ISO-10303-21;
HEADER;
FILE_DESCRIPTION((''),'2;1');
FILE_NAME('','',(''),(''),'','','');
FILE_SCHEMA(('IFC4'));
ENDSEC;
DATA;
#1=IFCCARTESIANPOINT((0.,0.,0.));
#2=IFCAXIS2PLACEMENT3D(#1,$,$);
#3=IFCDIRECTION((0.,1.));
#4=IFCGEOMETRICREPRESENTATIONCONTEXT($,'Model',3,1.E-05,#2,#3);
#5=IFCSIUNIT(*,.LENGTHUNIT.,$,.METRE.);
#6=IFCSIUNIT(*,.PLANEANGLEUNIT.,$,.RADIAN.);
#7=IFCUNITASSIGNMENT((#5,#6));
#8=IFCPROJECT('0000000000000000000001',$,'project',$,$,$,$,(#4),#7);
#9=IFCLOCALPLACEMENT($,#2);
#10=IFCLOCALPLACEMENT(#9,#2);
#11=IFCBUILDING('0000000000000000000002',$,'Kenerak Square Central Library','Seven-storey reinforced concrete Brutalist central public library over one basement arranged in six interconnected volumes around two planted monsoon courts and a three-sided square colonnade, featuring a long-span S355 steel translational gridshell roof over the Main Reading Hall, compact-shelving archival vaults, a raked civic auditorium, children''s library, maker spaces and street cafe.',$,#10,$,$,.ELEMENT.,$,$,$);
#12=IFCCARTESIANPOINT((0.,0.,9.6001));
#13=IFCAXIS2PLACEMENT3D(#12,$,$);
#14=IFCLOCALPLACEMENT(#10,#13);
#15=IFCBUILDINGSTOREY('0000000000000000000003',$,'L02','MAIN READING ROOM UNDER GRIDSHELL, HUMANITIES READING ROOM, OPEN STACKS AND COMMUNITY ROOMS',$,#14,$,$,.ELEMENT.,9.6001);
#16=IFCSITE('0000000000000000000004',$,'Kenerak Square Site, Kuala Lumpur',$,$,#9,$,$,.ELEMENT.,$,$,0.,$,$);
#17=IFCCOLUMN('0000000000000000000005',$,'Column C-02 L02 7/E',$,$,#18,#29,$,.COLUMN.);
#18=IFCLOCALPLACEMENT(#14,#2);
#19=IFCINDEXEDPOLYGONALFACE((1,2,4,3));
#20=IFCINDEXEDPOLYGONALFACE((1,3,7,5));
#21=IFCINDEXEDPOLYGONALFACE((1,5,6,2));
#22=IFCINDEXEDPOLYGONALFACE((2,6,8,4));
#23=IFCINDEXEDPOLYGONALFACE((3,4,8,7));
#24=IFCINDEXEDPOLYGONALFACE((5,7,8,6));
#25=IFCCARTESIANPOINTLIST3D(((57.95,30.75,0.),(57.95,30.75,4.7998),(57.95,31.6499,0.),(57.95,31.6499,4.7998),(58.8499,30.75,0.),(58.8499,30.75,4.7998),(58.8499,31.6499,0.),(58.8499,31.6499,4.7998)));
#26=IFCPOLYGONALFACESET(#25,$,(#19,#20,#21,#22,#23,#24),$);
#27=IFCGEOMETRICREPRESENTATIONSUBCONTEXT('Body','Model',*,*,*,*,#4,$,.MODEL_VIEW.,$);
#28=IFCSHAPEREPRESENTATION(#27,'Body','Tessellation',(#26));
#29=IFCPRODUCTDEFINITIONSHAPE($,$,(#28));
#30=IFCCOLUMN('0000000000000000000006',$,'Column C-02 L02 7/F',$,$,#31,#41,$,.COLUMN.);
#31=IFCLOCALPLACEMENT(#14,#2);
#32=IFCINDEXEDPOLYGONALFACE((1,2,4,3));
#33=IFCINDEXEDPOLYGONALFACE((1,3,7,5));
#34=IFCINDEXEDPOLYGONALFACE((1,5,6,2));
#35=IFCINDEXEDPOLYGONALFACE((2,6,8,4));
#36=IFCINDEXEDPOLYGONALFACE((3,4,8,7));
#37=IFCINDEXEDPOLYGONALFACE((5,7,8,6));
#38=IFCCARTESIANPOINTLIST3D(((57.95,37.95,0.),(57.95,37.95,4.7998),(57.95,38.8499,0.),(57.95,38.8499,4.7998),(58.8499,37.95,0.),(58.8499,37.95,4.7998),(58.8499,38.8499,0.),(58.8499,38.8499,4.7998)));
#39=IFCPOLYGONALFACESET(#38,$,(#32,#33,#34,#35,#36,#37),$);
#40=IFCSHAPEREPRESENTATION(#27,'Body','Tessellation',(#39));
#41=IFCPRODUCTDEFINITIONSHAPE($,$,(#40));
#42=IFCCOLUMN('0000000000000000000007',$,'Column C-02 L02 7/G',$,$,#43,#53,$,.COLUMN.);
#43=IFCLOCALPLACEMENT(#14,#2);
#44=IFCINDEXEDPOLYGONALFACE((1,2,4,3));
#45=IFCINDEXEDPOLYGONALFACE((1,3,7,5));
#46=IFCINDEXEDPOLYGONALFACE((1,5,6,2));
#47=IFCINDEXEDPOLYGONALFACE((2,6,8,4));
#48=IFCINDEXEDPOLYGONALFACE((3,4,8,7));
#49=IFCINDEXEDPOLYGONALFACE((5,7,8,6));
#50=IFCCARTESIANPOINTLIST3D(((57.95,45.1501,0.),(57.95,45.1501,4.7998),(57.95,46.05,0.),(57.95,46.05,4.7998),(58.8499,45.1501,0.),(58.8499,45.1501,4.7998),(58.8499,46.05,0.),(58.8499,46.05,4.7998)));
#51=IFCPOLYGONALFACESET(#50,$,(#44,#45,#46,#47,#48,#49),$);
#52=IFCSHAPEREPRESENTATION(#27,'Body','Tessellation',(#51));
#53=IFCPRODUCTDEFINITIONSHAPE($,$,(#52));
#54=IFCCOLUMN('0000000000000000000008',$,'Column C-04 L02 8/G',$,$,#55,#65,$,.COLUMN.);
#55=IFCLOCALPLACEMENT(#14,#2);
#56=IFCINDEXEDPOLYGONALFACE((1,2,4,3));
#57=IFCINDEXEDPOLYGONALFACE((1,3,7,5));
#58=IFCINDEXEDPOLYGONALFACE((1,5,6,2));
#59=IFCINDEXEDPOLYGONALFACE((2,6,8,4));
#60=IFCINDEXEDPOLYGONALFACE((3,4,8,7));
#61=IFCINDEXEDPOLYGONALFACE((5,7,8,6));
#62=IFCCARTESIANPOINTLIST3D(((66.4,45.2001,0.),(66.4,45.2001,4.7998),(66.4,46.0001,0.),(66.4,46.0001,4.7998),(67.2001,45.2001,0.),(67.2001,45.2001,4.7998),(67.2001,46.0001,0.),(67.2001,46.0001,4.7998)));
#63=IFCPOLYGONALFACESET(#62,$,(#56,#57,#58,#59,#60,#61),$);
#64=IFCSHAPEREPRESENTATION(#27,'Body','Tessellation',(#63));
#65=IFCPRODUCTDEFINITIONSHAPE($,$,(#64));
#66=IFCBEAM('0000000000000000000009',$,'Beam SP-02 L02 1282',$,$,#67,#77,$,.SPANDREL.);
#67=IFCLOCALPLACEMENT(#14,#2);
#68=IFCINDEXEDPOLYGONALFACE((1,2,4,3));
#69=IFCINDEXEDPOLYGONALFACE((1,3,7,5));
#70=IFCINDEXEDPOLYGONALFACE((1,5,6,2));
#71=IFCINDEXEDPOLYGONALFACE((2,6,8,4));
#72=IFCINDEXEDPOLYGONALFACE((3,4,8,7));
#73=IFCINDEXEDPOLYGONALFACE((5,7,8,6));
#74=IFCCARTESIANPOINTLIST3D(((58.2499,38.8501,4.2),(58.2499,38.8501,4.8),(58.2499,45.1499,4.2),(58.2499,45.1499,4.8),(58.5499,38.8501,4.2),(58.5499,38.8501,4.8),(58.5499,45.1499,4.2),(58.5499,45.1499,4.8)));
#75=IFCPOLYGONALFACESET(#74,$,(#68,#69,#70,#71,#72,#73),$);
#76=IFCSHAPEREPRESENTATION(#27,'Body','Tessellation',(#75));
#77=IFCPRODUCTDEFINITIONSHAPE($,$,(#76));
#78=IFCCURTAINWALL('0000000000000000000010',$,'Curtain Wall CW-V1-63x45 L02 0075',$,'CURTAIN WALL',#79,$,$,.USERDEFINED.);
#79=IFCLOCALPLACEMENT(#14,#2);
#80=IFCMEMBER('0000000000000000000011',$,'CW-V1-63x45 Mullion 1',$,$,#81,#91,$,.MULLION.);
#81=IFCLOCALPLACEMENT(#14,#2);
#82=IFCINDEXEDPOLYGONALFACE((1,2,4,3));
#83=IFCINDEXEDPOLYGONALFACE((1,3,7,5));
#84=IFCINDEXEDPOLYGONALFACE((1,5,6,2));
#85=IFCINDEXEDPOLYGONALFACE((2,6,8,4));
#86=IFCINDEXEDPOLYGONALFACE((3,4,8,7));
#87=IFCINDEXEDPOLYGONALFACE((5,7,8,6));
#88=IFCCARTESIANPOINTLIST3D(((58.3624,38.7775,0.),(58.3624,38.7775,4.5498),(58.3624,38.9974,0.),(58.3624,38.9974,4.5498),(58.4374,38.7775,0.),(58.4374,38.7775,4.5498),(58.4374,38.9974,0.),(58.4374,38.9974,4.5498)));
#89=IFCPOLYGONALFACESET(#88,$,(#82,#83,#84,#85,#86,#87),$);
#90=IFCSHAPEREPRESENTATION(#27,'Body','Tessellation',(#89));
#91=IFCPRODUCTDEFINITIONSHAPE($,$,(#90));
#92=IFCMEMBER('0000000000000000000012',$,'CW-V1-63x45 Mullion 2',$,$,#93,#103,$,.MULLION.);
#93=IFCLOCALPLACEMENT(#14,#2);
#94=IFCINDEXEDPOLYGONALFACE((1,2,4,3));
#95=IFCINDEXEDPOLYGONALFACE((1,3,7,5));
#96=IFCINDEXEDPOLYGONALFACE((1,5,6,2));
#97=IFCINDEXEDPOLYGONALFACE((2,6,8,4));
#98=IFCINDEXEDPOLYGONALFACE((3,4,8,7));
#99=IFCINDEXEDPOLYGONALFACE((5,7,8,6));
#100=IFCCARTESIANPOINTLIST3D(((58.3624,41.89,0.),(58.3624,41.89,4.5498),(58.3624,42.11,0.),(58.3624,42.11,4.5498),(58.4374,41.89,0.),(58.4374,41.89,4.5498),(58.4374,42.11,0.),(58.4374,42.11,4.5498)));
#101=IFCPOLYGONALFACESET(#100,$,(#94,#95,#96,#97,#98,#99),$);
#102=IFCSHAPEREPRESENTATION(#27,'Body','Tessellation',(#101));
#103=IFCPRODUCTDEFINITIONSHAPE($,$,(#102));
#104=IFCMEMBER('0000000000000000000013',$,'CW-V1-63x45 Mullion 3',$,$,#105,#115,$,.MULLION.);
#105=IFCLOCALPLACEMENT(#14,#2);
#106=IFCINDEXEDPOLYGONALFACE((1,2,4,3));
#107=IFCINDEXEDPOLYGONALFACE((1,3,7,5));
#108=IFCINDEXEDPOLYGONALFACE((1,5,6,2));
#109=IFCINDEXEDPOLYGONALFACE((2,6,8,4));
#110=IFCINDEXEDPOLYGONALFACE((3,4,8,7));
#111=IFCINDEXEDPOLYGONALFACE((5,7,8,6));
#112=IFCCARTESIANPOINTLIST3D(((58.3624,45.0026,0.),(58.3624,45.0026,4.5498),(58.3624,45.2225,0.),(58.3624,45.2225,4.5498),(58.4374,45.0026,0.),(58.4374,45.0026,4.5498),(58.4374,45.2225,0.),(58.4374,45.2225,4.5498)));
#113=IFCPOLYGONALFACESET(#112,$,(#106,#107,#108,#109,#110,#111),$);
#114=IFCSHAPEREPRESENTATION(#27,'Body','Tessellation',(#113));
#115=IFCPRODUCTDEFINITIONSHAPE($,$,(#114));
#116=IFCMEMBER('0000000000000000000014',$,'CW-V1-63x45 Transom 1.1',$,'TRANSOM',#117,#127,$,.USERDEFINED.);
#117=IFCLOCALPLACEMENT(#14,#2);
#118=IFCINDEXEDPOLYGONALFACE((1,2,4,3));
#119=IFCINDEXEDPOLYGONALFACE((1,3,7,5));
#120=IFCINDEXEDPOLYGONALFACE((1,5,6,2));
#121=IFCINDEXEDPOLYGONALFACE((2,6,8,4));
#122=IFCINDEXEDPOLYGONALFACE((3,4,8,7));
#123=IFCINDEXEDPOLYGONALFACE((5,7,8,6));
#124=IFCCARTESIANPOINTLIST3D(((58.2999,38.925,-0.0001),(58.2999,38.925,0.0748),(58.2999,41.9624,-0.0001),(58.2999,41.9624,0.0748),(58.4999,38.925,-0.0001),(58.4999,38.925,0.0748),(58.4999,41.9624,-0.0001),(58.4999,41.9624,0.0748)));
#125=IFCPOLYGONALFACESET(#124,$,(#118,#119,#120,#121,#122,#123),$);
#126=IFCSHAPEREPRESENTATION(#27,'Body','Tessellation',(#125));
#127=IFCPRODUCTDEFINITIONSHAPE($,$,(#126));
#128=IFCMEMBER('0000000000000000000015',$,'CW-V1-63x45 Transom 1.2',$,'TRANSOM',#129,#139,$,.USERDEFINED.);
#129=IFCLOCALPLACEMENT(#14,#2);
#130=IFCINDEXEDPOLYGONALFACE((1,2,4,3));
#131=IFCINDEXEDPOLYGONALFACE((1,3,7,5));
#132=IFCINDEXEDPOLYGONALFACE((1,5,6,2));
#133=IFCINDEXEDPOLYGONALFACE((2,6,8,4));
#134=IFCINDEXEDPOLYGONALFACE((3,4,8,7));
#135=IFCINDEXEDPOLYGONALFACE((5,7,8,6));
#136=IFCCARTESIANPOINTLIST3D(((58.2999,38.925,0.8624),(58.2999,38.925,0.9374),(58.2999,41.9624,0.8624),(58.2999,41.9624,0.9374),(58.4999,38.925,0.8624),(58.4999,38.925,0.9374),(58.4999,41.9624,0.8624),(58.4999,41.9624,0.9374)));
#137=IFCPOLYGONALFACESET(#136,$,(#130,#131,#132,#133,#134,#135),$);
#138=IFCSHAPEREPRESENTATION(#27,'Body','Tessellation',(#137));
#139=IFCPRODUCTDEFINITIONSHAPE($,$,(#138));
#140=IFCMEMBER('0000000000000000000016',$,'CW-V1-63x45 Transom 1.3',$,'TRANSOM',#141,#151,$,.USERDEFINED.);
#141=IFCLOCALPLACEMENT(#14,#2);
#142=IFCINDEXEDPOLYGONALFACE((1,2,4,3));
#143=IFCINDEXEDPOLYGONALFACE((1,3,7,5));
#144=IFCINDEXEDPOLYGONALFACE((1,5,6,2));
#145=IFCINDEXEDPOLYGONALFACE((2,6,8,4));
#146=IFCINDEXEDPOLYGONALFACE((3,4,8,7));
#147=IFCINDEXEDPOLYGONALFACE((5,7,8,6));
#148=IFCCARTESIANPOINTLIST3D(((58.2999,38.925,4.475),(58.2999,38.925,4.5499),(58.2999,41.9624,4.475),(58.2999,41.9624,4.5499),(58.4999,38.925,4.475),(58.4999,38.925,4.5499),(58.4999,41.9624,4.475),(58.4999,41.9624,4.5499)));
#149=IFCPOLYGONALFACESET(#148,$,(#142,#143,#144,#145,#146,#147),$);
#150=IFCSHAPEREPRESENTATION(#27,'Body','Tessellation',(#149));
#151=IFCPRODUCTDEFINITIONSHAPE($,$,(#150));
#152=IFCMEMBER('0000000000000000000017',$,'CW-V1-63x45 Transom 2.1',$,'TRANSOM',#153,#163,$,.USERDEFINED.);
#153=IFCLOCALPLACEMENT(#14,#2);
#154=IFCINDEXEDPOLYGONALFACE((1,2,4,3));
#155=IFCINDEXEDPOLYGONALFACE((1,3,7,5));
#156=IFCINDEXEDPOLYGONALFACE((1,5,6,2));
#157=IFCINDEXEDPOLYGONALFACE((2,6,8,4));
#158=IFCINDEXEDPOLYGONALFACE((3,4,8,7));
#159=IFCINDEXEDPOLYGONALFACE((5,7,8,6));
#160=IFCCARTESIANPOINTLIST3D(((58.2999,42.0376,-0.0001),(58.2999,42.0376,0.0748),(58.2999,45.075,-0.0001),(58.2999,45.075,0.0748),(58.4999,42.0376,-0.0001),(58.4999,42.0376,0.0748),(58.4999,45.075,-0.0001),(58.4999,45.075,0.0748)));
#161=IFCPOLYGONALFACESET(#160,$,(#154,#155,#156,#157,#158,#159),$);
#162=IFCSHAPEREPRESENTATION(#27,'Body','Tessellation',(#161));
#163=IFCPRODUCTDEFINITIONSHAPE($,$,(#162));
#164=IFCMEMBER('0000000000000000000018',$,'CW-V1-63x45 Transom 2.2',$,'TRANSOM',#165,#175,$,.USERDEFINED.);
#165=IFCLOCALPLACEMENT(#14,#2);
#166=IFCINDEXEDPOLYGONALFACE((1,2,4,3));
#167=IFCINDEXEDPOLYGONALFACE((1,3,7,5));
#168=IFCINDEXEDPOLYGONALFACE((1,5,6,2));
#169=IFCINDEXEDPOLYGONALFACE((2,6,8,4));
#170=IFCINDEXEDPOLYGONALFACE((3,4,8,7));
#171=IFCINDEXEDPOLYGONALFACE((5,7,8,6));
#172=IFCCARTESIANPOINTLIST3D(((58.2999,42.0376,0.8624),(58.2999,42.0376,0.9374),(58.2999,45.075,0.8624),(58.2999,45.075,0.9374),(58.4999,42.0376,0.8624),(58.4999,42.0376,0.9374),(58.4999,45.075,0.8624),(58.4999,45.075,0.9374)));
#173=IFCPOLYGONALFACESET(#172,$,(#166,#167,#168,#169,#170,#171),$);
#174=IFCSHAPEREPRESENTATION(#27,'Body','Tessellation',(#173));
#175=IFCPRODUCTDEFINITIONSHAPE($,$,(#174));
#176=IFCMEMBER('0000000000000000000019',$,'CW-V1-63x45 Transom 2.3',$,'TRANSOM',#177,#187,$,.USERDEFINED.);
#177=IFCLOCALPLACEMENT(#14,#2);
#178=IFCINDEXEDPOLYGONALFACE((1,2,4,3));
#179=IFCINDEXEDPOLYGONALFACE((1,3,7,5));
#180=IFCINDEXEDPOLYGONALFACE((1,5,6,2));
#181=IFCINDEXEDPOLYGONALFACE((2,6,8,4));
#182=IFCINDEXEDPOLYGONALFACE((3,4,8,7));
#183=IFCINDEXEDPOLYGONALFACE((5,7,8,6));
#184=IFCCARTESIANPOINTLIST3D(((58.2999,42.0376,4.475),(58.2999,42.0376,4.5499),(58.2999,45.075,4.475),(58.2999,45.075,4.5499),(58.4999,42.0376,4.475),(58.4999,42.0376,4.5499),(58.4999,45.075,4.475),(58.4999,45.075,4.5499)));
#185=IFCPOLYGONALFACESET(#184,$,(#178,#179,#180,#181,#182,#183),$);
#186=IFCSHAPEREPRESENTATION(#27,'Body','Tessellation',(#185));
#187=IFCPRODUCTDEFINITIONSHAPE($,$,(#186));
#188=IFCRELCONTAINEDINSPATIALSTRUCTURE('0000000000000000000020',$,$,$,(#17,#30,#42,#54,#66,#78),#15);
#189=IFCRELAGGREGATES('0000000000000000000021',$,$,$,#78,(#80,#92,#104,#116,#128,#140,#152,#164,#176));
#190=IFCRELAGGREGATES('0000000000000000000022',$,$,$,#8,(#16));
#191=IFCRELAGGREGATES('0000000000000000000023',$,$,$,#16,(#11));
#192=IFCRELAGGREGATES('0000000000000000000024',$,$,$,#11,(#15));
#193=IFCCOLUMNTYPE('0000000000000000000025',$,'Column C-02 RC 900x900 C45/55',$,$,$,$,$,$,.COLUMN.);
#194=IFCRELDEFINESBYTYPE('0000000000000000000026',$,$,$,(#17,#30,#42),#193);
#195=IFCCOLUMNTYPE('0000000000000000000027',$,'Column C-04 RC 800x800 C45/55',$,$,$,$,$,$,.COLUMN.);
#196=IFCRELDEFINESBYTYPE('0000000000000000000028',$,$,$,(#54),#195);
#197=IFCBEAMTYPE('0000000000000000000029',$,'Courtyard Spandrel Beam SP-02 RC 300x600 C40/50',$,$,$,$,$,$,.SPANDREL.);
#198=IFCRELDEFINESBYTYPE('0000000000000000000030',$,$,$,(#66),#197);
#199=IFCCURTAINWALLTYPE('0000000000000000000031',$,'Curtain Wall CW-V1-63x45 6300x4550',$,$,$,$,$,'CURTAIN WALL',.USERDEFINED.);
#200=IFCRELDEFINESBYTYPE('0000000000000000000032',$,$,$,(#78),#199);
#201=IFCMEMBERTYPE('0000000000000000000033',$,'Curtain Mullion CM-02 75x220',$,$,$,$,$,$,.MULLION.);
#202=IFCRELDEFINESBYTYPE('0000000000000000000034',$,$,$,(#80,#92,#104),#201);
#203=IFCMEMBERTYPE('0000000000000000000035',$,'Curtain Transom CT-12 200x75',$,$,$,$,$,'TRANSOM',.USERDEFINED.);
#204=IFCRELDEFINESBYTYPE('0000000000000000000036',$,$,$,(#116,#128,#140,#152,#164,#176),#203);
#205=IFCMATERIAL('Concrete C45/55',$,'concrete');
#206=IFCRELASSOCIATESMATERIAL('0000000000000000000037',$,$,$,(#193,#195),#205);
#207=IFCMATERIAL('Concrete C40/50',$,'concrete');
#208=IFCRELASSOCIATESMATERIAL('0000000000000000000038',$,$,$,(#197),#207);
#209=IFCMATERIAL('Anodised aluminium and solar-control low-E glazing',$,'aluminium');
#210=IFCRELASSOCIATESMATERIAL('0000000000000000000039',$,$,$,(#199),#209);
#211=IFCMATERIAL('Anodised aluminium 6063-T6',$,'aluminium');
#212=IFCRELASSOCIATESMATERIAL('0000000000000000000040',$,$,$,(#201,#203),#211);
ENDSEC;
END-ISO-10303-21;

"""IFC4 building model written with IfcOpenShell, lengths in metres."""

from ifc_helpers import new_model, si_unit, direction, frame, origin, origin_2d, place, context, subcontext, project, spatial, rectangle, extrude, material, material_profile, profile_set, type_object, element, aggregate, save


model = new_model("IFC4")

# Units and contexts
model_context = context("Model", 3, precision=1e-05, world=origin(), true_north=direction((0.0, 1.0)))
body_context = subcontext(model_context, "Body", "Model", "MODEL_VIEW")
ifc_project = project(units=[si_unit("LENGTHUNIT", "METRE"), si_unit("PLANEANGLEUNIT", "RADIAN")], contexts=[model_context])

# Site, building, storey
site_placement = place(None, origin())
site = spatial("IfcSite", under=ifc_project, at=site_placement, Name="Kenerak Square Site, Kuala Lumpur", CompositionType="ELEMENT", RefElevation=0.0)
building_placement = place(site_placement, origin())
building = spatial("IfcBuilding", under=site, at=building_placement, Name="Kenerak Square Central Library", Description="Seven-storey reinforced concrete Brutalist central public library over one basement arranged in six interconnected volumes around two planted monsoon courts and a three-sided square colonnade, featuring a long-span S355 steel translational gridshell roof over the Main Reading Hall, compact-shelving archival vaults, a raked civic auditorium, children's library, maker spaces and street cafe.", CompositionType="ELEMENT")
storey_placement = place(building_placement, frame((0.0, 0.0, 9.6001)))
storey = spatial("IfcBuildingStorey", under=building, at=storey_placement, Name="L02", Description="MAIN READING ROOM UNDER GRIDSHELL, HUMANITIES READING ROOM, OPEN STACKS AND COMMUNITY ROOMS", CompositionType="ELEMENT", Elevation=9.6001)

# Columns
ifc_material_1 = material(Name="Concrete C45/55", Category="concrete")
ifc_material_profile_1 = material_profile(ifc_material_1, rectangle(XDim=0.8999, YDim=0.8999, at=origin_2d()), Name="RC 900x900")
ifc_profile_set_1 = profile_set([ifc_material_profile_1], Name="Concrete C45/55")
column_type_1 = type_object("IfcColumnType", Name="Column C-02 RC 900x900 C45/55", PredefinedType="COLUMN", material=ifc_profile_set_1)
for number, where, z_axis, x_axis, name in (
    (1, (58.3999, 31.2, 0.0), (0.0, 0.0, 1.0), (1.0, 0.0, 0.0), "Column C-02 L02 7/E"),
    (2, (58.3999, 38.3999, 0.0), (0.0, 0.0, 1.0), (1.0, 0.0, 0.0), "Column C-02 L02 7/F"),
    (3, (58.3999, 45.6001, 0.0), (0.0, 0.0, 1.0), (1.0, 0.0, 0.0), "Column C-02 L02 7/G"),
):
    element("IfcColumn", number, at=place(storey_placement, frame(where, z_axis=z_axis, x_axis=x_axis)), inside=storey, type_object=column_type_1, Name=name, PredefinedType="COLUMN", context=body_context, shape_type="SweptSolid", body=[
        extrude(rectangle(XDim=0.8999, YDim=0.8999, at=origin_2d()), origin(), (0.0, 0.0, 1.0), 4.7998),
    ])
ifc_material_profile_2 = material_profile(ifc_material_1, rectangle(XDim=0.8, YDim=0.8, at=origin_2d()), Name="RC 800x800")
ifc_profile_set_2 = profile_set([ifc_material_profile_2], Name="Concrete C45/55")
column_type_2 = type_object("IfcColumnType", Name="Column C-04 RC 800x800 C45/55", PredefinedType="COLUMN", material=ifc_profile_set_2)
column_placement = place(storey_placement, frame((66.8, 45.6001, 0.0), z_axis=(0.0, 0.0, 1.0), x_axis=(1.0, 0.0, 0.0)))
element("IfcColumn", 4, at=column_placement, inside=storey, type_object=column_type_2, Name="Column C-04 L02 8/G", PredefinedType="COLUMN", context=body_context, shape_type="SweptSolid", body=[
    extrude(rectangle(XDim=0.8, YDim=0.8, at=origin_2d()), origin(), (0.0, 0.0, 1.0), 4.7998),
])

# Beam
ifc_material_2 = material(Name="Concrete C40/50", Category="concrete")
ifc_material_profile_3 = material_profile(ifc_material_2, rectangle(XDim=0.3, YDim=0.6001, at=origin_2d()), Name="RC 300x600")
ifc_profile_set_3 = profile_set([ifc_material_profile_3], Name="Concrete C40/50")
beam_type_1 = type_object("IfcBeamType", Name="Courtyard Spandrel Beam SP-02 RC 300x600 C40/50", PredefinedType="SPANDREL", material=ifc_profile_set_3)
beam_1_placement = place(storey_placement, frame((58.3999, 38.8501, 4.5), z_axis=(0.0, 1.0, 0.0), x_axis=(-1.0, 0.0, 0.0)))
element("IfcBeam", 5, at=beam_1_placement, inside=storey, type_object=beam_type_1, Name="Beam SP-02 L02 1282", PredefinedType="SPANDREL", context=body_context, shape_type="SweptSolid", body=[
    extrude(rectangle(XDim=0.3, YDim=0.6001, at=origin_2d()), origin(), (0.0, 0.0, 1.0), 6.2998),
])

# Curtain wall, members
ifc_material_3 = material(Name="Anodised aluminium and solar-control low-E glazing", Category="aluminium")
curtain_wall_type = type_object("IfcCurtainWallType", Name="Curtain Wall CW-V1-63x45 6300x4550", ElementType="CURTAIN WALL", PredefinedType="USERDEFINED", material=ifc_material_3)
curtain_wall_placement = place(storey_placement, origin())
curtain_wall = element("IfcCurtainWall", 6, at=curtain_wall_placement, inside=storey, type_object=curtain_wall_type, Name="Curtain Wall CW-V1-63x45 L02 0075", ObjectType="CURTAIN WALL", PredefinedType="USERDEFINED")
ifc_material_4 = material(Name="Anodised aluminium 6063-T6", Category="aluminium")
ifc_material_profile_4 = material_profile(ifc_material_4, rectangle(XDim=0.075, YDim=0.22, at=origin_2d()), Name="AL MULLION 75x220")
ifc_profile_set_4 = profile_set([ifc_material_profile_4], Name="Anodised aluminium 6063-T6")
member_type_1 = type_object("IfcMemberType", Name="Curtain Mullion CM-02 75x220", PredefinedType="MULLION", material=ifc_profile_set_4)
member_1_placement = place(storey_placement, frame((58.3999, 38.8875, 0.0), z_axis=(0.0, 0.0, 1.0), x_axis=(-1.0, 0.0, 0.0)))
member_1 = element("IfcMember", 7, at=member_1_placement, type_object=member_type_1, Name="CW-V1-63x45 Mullion 1", PredefinedType="MULLION", context=body_context, shape_type="SweptSolid", body=[
    extrude(rectangle(XDim=0.075, YDim=0.22, at=origin_2d()), origin(), (0.0, 0.0, 1.0), 4.5498),
])
member_2_placement = place(storey_placement, frame((58.3999, 42.0, 0.0), z_axis=(0.0, 0.0, 1.0), x_axis=(-1.0, 0.0, 0.0)))
member_2 = element("IfcMember", 8, at=member_2_placement, type_object=member_type_1, Name="CW-V1-63x45 Mullion 2", PredefinedType="MULLION", context=body_context, shape_type="SweptSolid", body=[
    extrude(rectangle(XDim=0.075, YDim=0.22, at=origin_2d()), origin(), (0.0, 0.0, 1.0), 4.5498),
])
member_3_placement = place(storey_placement, frame((58.3999, 45.1125, 0.0), z_axis=(0.0, 0.0, 1.0), x_axis=(-1.0, 0.0, 0.0)))
member_3 = element("IfcMember", 9, at=member_3_placement, type_object=member_type_1, Name="CW-V1-63x45 Mullion 3", PredefinedType="MULLION", context=body_context, shape_type="SweptSolid", body=[
    extrude(rectangle(XDim=0.075, YDim=0.22, at=origin_2d()), origin(), (0.0, 0.0, 1.0), 4.5498),
])
ifc_material_profile_5 = material_profile(ifc_material_4, rectangle(XDim=0.2, YDim=0.075, at=origin_2d()), Name="AL TRANSOM 200x75")
ifc_profile_set_5 = profile_set([ifc_material_profile_5], Name="Anodised aluminium 6063-T6")
member_type_2 = type_object("IfcMemberType", Name="Curtain Transom CT-12 200x75", ElementType="TRANSOM", PredefinedType="USERDEFINED", material=ifc_profile_set_5)
member_4_placement = place(storey_placement, frame((58.3999, 38.925, 0.0374), z_axis=(0.0, 1.0, 0.0), x_axis=(-1.0, 0.0, 0.0)))
member_4 = element("IfcMember", 10, at=member_4_placement, type_object=member_type_2, Name="CW-V1-63x45 Transom 1.1", ObjectType="TRANSOM", PredefinedType="USERDEFINED", context=body_context, shape_type="SweptSolid", body=[
    extrude(rectangle(XDim=0.2, YDim=0.075, at=origin_2d()), origin(), (0.0, 0.0, 1.0), 3.0374),
])
member_5_placement = place(storey_placement, frame((58.3999, 38.925, 0.8999), z_axis=(0.0, 1.0, 0.0), x_axis=(-1.0, 0.0, 0.0)))
member_5 = element("IfcMember", 11, at=member_5_placement, type_object=member_type_2, Name="CW-V1-63x45 Transom 1.2", ObjectType="TRANSOM", PredefinedType="USERDEFINED", context=body_context, shape_type="SweptSolid", body=[
    extrude(rectangle(XDim=0.2, YDim=0.075, at=origin_2d()), origin(), (0.0, 0.0, 1.0), 3.0374),
])
member_6_placement = place(storey_placement, frame((58.3999, 38.925, 4.5125), z_axis=(0.0, 1.0, 0.0), x_axis=(-1.0, 0.0, 0.0)))
member_6 = element("IfcMember", 12, at=member_6_placement, type_object=member_type_2, Name="CW-V1-63x45 Transom 1.3", ObjectType="TRANSOM", PredefinedType="USERDEFINED", context=body_context, shape_type="SweptSolid", body=[
    extrude(rectangle(XDim=0.2, YDim=0.075, at=origin_2d()), origin(), (0.0, 0.0, 1.0), 3.0374),
])
member_7_placement = place(storey_placement, frame((58.3999, 42.0376, 0.0374), z_axis=(0.0, 1.0, 0.0), x_axis=(-1.0, 0.0, 0.0)))
member_7 = element("IfcMember", 13, at=member_7_placement, type_object=member_type_2, Name="CW-V1-63x45 Transom 2.1", ObjectType="TRANSOM", PredefinedType="USERDEFINED", context=body_context, shape_type="SweptSolid", body=[
    extrude(rectangle(XDim=0.2, YDim=0.075, at=origin_2d()), origin(), (0.0, 0.0, 1.0), 3.0374),
])
member_8_placement = place(storey_placement, frame((58.3999, 42.0376, 0.8999), z_axis=(0.0, 1.0, 0.0), x_axis=(-1.0, 0.0, 0.0)))
member_8 = element("IfcMember", 14, at=member_8_placement, type_object=member_type_2, Name="CW-V1-63x45 Transom 2.2", ObjectType="TRANSOM", PredefinedType="USERDEFINED", context=body_context, shape_type="SweptSolid", body=[
    extrude(rectangle(XDim=0.2, YDim=0.075, at=origin_2d()), origin(), (0.0, 0.0, 1.0), 3.0374),
])
member_9_placement = place(storey_placement, frame((58.3999, 42.0376, 4.5125), z_axis=(0.0, 1.0, 0.0), x_axis=(-1.0, 0.0, 0.0)))
member_9 = element("IfcMember", 15, at=member_9_placement, type_object=member_type_2, Name="CW-V1-63x45 Transom 2.3", ObjectType="TRANSOM", PredefinedType="USERDEFINED", context=body_context, shape_type="SweptSolid", body=[
    extrude(rectangle(XDim=0.2, YDim=0.075, at=origin_2d()), origin(), (0.0, 0.0, 1.0), 3.0374),
])

aggregate(curtain_wall, [member_1, member_2, member_3, member_4, member_5, member_6, member_7, member_8, member_9])

save(model, "model.ifc")
